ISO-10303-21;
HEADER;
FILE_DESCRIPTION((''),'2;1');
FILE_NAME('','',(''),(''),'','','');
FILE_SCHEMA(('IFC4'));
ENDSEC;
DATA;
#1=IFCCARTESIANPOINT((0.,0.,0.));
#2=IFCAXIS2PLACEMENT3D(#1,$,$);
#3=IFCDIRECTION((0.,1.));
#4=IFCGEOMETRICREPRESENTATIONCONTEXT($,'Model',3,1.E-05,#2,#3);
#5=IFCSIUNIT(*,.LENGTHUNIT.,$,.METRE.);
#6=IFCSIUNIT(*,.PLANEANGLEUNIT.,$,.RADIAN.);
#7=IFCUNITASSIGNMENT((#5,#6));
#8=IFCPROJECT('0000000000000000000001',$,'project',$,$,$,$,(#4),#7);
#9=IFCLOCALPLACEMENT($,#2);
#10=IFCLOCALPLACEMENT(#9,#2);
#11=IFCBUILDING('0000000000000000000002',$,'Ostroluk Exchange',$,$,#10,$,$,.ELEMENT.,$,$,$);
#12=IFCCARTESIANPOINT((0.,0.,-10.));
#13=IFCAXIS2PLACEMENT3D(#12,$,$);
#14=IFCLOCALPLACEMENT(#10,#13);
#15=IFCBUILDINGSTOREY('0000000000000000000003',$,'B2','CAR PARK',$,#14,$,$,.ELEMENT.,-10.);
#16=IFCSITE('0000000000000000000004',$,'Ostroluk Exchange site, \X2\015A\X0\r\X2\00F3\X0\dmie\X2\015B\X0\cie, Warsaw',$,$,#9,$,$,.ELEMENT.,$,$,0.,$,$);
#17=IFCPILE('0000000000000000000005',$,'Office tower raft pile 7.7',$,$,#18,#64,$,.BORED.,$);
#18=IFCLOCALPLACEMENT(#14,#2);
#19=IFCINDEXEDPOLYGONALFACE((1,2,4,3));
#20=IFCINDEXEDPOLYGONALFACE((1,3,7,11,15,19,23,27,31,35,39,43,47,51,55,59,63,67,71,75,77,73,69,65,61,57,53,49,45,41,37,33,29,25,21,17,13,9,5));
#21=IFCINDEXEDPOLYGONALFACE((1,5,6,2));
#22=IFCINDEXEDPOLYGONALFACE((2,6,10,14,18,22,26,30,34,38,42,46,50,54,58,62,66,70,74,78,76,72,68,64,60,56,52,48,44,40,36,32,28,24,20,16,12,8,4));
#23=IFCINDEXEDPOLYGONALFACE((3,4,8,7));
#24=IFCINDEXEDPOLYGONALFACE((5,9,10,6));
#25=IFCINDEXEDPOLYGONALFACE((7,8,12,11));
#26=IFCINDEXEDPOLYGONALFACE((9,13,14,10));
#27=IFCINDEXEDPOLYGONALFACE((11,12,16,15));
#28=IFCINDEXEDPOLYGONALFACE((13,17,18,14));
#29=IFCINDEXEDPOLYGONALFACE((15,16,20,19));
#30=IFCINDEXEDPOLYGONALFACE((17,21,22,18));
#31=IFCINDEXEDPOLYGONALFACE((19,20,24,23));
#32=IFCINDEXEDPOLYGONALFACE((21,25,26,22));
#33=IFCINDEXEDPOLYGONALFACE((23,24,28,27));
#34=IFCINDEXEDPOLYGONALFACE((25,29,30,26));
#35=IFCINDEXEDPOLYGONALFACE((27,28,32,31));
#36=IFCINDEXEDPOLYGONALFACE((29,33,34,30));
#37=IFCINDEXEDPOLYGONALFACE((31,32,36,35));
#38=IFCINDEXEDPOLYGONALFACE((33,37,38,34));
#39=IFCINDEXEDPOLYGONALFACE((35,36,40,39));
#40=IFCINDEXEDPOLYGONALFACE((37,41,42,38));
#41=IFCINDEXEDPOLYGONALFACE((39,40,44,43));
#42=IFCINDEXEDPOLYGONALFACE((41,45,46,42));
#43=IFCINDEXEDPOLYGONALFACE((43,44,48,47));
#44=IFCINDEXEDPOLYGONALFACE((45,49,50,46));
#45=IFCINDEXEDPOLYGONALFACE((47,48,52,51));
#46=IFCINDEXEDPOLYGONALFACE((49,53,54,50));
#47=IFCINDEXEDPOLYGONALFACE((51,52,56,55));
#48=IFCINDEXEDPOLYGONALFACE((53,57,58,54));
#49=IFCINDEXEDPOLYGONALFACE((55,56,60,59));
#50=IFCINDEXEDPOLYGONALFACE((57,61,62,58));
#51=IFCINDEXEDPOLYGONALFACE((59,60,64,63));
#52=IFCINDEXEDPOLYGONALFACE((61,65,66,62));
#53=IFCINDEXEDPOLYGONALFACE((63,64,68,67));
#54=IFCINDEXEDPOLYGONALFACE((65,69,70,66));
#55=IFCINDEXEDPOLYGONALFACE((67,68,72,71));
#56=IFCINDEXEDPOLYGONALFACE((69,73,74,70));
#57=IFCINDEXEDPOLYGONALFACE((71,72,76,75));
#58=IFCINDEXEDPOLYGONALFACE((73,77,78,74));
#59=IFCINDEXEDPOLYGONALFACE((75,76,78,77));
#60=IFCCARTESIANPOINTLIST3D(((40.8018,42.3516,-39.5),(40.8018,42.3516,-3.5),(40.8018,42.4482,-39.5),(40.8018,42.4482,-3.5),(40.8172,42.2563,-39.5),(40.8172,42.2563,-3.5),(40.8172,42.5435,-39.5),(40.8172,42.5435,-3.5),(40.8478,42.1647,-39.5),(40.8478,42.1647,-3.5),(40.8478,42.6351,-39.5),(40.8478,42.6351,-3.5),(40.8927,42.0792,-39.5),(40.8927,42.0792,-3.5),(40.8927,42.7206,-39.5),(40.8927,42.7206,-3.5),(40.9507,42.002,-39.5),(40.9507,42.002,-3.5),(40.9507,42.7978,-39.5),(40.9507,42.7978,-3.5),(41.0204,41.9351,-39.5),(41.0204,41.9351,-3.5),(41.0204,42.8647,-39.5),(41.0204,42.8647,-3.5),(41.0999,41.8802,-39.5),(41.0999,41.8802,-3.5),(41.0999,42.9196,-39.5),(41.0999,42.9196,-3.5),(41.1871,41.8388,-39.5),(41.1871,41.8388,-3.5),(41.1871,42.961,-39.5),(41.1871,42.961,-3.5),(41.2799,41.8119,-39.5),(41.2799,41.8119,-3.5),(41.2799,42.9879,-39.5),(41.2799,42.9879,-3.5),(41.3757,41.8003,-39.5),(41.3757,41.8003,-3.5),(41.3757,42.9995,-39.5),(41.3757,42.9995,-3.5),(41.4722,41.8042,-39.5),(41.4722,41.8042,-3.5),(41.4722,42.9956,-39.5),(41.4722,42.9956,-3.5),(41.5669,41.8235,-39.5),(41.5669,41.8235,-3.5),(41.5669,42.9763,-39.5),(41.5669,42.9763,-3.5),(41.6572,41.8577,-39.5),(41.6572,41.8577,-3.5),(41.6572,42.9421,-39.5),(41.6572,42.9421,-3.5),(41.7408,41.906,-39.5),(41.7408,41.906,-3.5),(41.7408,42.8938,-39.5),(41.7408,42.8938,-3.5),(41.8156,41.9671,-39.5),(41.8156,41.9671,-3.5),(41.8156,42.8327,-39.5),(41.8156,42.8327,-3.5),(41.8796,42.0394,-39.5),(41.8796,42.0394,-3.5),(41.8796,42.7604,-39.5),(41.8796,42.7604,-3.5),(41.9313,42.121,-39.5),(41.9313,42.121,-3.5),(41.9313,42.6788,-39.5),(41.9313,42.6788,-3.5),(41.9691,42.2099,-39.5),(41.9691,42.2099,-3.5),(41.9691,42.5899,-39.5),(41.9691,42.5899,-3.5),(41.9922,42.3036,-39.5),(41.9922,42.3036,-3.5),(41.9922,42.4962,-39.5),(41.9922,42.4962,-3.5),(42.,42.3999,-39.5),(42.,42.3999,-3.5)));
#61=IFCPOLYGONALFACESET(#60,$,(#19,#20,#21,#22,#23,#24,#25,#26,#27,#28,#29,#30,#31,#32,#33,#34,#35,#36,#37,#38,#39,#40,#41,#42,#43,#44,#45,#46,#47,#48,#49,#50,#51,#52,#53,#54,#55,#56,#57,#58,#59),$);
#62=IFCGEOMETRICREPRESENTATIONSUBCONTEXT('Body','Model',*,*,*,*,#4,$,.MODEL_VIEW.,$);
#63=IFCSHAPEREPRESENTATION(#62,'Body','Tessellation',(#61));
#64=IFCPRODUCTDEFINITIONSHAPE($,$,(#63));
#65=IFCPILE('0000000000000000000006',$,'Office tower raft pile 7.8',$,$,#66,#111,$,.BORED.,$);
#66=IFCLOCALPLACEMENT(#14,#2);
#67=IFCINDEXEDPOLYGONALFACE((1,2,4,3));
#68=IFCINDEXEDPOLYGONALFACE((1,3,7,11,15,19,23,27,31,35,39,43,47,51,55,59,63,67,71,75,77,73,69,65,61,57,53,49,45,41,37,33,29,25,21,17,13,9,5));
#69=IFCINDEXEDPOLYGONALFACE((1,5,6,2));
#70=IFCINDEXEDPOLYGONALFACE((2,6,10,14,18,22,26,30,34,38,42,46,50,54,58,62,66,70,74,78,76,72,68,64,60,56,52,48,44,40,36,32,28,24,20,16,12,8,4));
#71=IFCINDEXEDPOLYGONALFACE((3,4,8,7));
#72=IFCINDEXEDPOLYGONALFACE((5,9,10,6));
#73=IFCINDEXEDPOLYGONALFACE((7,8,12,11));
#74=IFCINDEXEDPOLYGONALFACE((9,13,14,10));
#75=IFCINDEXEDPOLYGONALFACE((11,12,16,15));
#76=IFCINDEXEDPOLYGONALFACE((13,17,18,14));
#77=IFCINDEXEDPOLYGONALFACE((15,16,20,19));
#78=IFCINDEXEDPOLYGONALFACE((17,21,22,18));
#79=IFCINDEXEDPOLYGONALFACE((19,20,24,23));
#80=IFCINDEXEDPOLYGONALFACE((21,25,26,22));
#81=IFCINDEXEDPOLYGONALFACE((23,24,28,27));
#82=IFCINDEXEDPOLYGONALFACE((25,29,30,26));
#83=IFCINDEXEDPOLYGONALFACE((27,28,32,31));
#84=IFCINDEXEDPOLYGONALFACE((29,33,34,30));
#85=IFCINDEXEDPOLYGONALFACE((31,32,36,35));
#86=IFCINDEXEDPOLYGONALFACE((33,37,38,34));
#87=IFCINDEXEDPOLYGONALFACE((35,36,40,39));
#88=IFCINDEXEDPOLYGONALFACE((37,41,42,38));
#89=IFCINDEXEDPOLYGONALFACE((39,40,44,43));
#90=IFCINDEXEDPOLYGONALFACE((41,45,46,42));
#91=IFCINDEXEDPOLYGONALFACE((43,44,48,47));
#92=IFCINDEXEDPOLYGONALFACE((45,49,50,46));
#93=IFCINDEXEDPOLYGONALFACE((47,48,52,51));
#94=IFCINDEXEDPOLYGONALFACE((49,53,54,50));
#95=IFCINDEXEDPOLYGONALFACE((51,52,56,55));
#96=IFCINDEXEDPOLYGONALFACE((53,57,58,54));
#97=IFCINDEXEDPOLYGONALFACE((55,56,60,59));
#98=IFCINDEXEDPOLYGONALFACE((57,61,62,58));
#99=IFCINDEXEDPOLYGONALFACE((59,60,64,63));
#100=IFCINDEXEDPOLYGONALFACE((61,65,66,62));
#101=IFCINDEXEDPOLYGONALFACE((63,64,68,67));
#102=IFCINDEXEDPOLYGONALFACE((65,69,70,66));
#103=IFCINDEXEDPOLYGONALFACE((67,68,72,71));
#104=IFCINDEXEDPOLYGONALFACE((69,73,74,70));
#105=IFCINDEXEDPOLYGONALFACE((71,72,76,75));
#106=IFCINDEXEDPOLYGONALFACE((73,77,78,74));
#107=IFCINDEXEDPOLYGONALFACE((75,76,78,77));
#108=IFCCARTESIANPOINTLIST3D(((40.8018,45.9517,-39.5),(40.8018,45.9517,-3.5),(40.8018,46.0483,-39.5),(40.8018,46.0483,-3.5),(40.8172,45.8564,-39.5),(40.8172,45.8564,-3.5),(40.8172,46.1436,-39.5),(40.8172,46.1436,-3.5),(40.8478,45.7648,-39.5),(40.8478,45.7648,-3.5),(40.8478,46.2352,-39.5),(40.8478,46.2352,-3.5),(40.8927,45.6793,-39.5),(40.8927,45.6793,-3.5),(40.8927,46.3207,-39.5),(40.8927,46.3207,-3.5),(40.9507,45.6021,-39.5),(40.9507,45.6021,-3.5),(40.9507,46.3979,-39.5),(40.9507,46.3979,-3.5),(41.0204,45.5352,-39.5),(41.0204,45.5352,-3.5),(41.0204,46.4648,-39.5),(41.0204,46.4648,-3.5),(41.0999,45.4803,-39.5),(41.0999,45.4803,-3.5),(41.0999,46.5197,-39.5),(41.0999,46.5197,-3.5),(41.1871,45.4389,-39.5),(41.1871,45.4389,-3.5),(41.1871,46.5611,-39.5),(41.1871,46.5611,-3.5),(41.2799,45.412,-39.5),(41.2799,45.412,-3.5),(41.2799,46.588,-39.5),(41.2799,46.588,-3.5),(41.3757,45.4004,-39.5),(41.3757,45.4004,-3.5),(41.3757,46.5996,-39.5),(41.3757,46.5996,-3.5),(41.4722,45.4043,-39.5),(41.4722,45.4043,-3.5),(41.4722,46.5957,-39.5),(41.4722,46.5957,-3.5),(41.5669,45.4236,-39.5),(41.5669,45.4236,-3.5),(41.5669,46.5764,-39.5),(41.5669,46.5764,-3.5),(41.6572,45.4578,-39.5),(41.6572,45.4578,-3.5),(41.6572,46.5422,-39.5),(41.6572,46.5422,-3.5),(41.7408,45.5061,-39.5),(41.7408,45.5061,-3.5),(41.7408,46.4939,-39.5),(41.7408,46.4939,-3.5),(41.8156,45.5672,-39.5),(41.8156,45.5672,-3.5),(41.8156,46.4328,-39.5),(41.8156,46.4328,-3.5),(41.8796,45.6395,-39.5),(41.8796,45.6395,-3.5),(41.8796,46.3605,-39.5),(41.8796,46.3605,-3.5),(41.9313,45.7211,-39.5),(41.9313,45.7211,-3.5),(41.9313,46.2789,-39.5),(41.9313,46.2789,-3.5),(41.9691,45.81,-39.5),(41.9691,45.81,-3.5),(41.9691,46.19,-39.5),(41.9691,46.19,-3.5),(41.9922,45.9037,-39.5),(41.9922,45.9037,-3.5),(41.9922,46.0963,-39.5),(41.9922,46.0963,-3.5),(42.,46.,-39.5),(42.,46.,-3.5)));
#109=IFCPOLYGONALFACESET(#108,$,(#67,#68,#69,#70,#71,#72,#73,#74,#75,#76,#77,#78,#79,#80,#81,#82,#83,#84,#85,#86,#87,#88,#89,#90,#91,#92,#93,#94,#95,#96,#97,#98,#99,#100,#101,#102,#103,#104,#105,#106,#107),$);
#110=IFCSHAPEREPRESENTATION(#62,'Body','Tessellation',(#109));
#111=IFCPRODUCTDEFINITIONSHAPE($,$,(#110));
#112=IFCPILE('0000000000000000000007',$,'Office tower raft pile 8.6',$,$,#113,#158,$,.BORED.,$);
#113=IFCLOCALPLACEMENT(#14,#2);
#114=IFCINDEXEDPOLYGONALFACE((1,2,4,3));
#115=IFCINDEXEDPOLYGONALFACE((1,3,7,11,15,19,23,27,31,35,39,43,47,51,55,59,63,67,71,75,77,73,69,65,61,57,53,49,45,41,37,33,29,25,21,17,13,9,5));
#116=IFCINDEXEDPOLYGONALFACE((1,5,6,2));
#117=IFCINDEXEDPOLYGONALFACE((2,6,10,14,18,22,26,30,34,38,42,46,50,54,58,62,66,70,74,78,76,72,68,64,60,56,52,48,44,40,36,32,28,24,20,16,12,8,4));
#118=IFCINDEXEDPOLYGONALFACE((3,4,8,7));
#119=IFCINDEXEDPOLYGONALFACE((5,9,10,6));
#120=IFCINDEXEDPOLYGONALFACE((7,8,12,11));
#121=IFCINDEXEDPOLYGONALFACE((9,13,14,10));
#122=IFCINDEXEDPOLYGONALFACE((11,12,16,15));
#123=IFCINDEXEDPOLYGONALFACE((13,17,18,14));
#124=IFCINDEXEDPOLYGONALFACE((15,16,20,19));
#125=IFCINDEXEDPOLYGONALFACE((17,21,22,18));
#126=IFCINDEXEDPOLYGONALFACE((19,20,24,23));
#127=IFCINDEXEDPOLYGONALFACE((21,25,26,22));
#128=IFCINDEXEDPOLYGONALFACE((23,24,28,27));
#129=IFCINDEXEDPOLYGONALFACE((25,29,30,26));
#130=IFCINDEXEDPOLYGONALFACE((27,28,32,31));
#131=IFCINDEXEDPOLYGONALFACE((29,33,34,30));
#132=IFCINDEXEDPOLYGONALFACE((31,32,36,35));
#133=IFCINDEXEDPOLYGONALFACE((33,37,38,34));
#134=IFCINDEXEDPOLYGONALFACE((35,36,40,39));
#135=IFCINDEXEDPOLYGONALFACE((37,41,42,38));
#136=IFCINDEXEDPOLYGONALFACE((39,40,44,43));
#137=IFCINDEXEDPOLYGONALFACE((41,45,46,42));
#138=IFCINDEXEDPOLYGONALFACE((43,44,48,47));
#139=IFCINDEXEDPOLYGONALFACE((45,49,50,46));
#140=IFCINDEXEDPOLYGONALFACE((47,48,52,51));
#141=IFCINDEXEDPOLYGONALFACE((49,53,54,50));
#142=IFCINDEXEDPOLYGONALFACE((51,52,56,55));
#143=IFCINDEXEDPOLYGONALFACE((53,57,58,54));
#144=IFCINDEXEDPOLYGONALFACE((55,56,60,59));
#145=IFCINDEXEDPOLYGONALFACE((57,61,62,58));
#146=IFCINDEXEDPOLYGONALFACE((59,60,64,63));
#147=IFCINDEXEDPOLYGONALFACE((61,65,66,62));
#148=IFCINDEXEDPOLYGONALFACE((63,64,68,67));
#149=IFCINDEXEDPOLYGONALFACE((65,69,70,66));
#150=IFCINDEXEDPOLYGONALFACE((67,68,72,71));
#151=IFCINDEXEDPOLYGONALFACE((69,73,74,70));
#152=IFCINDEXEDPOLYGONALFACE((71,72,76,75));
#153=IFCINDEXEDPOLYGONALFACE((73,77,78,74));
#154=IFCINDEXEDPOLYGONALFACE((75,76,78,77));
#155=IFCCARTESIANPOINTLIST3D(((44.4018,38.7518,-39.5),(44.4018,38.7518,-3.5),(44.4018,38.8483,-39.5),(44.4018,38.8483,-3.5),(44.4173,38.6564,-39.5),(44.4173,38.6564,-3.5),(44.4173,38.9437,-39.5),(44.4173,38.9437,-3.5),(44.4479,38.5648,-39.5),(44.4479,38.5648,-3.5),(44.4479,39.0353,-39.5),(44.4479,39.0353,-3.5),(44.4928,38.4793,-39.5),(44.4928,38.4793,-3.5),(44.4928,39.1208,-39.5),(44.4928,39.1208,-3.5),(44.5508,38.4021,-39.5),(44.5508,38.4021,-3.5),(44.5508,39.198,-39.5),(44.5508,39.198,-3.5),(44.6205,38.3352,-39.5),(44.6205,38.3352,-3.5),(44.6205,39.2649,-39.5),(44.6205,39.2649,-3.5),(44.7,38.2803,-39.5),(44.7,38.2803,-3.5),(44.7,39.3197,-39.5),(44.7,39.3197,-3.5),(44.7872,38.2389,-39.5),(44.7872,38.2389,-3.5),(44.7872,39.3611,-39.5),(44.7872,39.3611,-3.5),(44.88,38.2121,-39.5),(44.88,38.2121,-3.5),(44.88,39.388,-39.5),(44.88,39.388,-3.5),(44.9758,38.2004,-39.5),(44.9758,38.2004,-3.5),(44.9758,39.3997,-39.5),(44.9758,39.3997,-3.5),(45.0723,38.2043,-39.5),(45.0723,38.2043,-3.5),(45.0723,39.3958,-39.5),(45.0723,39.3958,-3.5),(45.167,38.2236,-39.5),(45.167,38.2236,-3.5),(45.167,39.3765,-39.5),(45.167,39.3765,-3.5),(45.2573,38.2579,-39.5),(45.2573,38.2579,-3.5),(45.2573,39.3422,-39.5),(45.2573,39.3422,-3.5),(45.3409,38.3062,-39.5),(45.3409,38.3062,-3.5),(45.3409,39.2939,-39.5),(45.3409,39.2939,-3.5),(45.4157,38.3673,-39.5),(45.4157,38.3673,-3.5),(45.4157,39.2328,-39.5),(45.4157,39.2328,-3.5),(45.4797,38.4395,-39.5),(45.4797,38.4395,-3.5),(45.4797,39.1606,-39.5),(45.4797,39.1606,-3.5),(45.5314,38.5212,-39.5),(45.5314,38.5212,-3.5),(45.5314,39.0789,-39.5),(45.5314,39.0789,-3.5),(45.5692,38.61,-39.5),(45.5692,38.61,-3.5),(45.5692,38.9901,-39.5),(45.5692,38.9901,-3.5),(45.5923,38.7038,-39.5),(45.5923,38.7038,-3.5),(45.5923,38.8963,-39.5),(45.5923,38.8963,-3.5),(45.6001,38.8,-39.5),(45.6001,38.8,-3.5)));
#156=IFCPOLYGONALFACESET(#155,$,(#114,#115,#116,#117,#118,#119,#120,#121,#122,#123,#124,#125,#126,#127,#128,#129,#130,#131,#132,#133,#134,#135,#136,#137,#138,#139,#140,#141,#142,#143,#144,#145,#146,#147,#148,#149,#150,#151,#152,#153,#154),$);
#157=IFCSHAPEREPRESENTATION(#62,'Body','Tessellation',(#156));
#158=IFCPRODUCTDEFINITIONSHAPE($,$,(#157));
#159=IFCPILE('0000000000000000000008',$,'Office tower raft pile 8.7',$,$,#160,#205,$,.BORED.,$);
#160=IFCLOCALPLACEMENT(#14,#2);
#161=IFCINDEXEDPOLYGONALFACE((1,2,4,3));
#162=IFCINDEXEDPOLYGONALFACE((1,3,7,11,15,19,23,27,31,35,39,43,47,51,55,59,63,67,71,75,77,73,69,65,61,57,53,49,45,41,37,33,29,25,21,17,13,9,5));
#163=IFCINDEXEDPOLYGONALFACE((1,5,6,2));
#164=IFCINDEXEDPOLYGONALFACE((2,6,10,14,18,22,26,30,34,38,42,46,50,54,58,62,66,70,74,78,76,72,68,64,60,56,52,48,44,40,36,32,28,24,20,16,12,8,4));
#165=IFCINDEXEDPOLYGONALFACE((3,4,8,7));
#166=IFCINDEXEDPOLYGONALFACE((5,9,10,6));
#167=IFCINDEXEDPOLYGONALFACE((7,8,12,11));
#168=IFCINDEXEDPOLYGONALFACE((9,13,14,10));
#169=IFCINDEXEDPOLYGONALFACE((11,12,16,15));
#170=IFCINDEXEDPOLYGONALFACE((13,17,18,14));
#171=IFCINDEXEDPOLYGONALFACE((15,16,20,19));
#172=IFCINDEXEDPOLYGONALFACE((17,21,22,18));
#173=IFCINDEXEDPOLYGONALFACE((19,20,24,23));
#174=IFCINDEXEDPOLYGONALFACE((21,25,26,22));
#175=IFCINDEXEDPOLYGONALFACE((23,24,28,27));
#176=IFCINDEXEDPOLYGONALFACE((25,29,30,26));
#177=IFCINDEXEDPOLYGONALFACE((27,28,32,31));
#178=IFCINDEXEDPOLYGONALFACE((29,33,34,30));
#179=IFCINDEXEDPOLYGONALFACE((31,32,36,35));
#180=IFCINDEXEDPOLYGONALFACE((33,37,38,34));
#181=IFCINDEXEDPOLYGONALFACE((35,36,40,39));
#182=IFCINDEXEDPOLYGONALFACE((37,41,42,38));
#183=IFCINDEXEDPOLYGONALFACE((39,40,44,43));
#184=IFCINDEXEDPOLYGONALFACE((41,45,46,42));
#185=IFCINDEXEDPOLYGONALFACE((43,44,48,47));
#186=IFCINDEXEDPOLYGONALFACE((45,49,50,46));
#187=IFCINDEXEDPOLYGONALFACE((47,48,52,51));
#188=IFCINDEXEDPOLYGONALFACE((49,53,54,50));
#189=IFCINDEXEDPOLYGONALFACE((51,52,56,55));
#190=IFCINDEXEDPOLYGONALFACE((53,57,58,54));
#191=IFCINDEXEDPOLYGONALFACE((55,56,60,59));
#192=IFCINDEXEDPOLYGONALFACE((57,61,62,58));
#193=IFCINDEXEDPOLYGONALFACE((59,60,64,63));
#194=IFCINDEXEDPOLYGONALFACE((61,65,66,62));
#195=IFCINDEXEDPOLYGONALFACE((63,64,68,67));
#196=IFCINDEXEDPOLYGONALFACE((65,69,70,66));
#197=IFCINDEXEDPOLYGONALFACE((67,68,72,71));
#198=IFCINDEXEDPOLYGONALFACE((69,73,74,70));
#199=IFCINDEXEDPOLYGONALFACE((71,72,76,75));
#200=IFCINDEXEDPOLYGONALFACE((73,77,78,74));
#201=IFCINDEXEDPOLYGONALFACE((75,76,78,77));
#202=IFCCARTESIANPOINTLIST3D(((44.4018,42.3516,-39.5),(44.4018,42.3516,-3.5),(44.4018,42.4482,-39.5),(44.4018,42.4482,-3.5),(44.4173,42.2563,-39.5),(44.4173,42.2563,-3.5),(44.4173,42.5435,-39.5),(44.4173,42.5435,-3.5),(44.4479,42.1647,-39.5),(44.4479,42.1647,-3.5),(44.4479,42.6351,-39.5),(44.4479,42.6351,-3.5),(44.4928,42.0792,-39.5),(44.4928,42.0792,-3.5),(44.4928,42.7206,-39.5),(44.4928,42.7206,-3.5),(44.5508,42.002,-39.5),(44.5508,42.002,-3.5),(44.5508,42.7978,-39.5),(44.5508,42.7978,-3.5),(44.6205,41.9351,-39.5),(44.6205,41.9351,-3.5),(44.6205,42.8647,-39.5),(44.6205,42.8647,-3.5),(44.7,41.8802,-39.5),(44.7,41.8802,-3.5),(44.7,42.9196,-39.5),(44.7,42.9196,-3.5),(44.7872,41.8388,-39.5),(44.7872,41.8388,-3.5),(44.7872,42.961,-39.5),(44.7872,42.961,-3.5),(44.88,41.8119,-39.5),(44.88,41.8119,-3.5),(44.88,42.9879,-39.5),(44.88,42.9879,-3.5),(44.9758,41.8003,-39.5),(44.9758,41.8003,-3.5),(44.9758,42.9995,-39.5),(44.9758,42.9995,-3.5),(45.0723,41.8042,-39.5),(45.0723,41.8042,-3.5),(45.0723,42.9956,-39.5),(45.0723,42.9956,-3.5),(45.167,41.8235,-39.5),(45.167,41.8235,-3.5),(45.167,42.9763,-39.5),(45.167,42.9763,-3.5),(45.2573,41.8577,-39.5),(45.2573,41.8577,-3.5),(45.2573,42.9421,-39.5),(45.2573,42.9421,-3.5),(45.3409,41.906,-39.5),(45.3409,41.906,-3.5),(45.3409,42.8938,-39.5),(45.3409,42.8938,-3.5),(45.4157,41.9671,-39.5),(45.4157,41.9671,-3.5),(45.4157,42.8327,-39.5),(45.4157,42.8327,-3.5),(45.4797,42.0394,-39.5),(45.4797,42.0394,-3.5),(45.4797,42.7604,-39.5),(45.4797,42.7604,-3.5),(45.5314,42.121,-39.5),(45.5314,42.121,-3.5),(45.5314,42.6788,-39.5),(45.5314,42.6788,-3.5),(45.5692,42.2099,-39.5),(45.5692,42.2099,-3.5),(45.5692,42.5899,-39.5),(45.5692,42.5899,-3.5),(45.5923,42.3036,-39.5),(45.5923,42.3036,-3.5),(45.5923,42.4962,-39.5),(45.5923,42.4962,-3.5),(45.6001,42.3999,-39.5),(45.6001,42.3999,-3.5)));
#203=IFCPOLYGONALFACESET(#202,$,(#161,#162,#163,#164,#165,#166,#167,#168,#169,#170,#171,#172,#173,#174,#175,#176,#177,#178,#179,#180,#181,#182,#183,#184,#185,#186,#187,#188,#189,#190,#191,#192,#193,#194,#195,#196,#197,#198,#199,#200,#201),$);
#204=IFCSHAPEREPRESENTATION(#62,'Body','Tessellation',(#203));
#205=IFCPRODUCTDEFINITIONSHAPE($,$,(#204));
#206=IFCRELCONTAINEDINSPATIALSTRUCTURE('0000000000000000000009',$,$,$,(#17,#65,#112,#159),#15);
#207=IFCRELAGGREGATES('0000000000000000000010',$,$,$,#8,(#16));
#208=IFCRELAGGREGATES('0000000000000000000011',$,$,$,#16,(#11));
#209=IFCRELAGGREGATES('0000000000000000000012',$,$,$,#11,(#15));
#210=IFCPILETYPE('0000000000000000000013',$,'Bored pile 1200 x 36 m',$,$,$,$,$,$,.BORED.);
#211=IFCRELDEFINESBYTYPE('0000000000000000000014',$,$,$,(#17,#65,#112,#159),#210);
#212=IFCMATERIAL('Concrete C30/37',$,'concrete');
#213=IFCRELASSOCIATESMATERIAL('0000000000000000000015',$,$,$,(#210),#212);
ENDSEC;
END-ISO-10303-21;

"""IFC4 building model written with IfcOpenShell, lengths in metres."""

from ifc_helpers import new_model, si_unit, direction, frame, origin, origin_2d, place, context, subcontext, project, spatial, circle, extrude, material, type_object, element, save


model = new_model("IFC4")

# Units and contexts
model_context = context("Model", 3, precision=1e-05, world=origin(), true_north=direction((0.0, 1.0)))
body_context = subcontext(model_context, "Body", "Model", "MODEL_VIEW")
ifc_project = project(units=[si_unit("LENGTHUNIT", "METRE"), si_unit("PLANEANGLEUNIT", "RADIAN")], contexts=[model_context])

# Site, building, storey
site_placement = place(None, origin())
site = spatial("IfcSite", under=ifc_project, at=site_placement, Name="Ostroluk Exchange site, Śródmieście, Warsaw", CompositionType="ELEMENT", RefElevation=0.0)
building_placement = place(site_placement, origin())
building = spatial("IfcBuilding", under=site, at=building_placement, Name="Ostroluk Exchange", CompositionType="ELEMENT")
storey_placement = place(building_placement, frame((0.0, 0.0, -10.0)))
storey = spatial("IfcBuildingStorey", under=building, at=storey_placement, Name="B2", Description="CAR PARK", CompositionType="ELEMENT", Elevation=-10.0)

# Piles
ifc_material_1 = material(Name="Concrete C30/37", Category="concrete")
pile_type = type_object("IfcPileType", Name="Bored pile 1200 x 36 m", PredefinedType="BORED", material=ifc_material_1)
for number, where, z_axis, x_axis, name in (
    (1, (41.3999, 42.3999, -3.5), (0.0, 0.0, -1.0), (1.0, 0.0, 0.0), "Office tower raft pile 7.7"),
    (2, (41.3999, 46.0, -3.5), (0.0, 0.0, -1.0), (1.0, 0.0, 0.0), "Office tower raft pile 7.8"),
    (3, (45.0, 38.8, -3.5), (0.0, 0.0, -1.0), (1.0, 0.0, 0.0), "Office tower raft pile 8.6"),
    (4, (45.0, 42.3999, -3.5), (0.0, 0.0, -1.0), (1.0, 0.0, 0.0), "Office tower raft pile 8.7"),
):
    element("IfcPile", number, at=place(storey_placement, frame(where, z_axis=z_axis, x_axis=x_axis)), inside=storey, type_object=pile_type, Name=name, PredefinedType="BORED", context=body_context, shape_type="SweptSolid", body=[
        extrude(circle(Radius=0.6001, at=origin_2d()), origin(), (0.0, 0.0, 1.0), 36.0),
    ])

save(model, "model.ifc")
